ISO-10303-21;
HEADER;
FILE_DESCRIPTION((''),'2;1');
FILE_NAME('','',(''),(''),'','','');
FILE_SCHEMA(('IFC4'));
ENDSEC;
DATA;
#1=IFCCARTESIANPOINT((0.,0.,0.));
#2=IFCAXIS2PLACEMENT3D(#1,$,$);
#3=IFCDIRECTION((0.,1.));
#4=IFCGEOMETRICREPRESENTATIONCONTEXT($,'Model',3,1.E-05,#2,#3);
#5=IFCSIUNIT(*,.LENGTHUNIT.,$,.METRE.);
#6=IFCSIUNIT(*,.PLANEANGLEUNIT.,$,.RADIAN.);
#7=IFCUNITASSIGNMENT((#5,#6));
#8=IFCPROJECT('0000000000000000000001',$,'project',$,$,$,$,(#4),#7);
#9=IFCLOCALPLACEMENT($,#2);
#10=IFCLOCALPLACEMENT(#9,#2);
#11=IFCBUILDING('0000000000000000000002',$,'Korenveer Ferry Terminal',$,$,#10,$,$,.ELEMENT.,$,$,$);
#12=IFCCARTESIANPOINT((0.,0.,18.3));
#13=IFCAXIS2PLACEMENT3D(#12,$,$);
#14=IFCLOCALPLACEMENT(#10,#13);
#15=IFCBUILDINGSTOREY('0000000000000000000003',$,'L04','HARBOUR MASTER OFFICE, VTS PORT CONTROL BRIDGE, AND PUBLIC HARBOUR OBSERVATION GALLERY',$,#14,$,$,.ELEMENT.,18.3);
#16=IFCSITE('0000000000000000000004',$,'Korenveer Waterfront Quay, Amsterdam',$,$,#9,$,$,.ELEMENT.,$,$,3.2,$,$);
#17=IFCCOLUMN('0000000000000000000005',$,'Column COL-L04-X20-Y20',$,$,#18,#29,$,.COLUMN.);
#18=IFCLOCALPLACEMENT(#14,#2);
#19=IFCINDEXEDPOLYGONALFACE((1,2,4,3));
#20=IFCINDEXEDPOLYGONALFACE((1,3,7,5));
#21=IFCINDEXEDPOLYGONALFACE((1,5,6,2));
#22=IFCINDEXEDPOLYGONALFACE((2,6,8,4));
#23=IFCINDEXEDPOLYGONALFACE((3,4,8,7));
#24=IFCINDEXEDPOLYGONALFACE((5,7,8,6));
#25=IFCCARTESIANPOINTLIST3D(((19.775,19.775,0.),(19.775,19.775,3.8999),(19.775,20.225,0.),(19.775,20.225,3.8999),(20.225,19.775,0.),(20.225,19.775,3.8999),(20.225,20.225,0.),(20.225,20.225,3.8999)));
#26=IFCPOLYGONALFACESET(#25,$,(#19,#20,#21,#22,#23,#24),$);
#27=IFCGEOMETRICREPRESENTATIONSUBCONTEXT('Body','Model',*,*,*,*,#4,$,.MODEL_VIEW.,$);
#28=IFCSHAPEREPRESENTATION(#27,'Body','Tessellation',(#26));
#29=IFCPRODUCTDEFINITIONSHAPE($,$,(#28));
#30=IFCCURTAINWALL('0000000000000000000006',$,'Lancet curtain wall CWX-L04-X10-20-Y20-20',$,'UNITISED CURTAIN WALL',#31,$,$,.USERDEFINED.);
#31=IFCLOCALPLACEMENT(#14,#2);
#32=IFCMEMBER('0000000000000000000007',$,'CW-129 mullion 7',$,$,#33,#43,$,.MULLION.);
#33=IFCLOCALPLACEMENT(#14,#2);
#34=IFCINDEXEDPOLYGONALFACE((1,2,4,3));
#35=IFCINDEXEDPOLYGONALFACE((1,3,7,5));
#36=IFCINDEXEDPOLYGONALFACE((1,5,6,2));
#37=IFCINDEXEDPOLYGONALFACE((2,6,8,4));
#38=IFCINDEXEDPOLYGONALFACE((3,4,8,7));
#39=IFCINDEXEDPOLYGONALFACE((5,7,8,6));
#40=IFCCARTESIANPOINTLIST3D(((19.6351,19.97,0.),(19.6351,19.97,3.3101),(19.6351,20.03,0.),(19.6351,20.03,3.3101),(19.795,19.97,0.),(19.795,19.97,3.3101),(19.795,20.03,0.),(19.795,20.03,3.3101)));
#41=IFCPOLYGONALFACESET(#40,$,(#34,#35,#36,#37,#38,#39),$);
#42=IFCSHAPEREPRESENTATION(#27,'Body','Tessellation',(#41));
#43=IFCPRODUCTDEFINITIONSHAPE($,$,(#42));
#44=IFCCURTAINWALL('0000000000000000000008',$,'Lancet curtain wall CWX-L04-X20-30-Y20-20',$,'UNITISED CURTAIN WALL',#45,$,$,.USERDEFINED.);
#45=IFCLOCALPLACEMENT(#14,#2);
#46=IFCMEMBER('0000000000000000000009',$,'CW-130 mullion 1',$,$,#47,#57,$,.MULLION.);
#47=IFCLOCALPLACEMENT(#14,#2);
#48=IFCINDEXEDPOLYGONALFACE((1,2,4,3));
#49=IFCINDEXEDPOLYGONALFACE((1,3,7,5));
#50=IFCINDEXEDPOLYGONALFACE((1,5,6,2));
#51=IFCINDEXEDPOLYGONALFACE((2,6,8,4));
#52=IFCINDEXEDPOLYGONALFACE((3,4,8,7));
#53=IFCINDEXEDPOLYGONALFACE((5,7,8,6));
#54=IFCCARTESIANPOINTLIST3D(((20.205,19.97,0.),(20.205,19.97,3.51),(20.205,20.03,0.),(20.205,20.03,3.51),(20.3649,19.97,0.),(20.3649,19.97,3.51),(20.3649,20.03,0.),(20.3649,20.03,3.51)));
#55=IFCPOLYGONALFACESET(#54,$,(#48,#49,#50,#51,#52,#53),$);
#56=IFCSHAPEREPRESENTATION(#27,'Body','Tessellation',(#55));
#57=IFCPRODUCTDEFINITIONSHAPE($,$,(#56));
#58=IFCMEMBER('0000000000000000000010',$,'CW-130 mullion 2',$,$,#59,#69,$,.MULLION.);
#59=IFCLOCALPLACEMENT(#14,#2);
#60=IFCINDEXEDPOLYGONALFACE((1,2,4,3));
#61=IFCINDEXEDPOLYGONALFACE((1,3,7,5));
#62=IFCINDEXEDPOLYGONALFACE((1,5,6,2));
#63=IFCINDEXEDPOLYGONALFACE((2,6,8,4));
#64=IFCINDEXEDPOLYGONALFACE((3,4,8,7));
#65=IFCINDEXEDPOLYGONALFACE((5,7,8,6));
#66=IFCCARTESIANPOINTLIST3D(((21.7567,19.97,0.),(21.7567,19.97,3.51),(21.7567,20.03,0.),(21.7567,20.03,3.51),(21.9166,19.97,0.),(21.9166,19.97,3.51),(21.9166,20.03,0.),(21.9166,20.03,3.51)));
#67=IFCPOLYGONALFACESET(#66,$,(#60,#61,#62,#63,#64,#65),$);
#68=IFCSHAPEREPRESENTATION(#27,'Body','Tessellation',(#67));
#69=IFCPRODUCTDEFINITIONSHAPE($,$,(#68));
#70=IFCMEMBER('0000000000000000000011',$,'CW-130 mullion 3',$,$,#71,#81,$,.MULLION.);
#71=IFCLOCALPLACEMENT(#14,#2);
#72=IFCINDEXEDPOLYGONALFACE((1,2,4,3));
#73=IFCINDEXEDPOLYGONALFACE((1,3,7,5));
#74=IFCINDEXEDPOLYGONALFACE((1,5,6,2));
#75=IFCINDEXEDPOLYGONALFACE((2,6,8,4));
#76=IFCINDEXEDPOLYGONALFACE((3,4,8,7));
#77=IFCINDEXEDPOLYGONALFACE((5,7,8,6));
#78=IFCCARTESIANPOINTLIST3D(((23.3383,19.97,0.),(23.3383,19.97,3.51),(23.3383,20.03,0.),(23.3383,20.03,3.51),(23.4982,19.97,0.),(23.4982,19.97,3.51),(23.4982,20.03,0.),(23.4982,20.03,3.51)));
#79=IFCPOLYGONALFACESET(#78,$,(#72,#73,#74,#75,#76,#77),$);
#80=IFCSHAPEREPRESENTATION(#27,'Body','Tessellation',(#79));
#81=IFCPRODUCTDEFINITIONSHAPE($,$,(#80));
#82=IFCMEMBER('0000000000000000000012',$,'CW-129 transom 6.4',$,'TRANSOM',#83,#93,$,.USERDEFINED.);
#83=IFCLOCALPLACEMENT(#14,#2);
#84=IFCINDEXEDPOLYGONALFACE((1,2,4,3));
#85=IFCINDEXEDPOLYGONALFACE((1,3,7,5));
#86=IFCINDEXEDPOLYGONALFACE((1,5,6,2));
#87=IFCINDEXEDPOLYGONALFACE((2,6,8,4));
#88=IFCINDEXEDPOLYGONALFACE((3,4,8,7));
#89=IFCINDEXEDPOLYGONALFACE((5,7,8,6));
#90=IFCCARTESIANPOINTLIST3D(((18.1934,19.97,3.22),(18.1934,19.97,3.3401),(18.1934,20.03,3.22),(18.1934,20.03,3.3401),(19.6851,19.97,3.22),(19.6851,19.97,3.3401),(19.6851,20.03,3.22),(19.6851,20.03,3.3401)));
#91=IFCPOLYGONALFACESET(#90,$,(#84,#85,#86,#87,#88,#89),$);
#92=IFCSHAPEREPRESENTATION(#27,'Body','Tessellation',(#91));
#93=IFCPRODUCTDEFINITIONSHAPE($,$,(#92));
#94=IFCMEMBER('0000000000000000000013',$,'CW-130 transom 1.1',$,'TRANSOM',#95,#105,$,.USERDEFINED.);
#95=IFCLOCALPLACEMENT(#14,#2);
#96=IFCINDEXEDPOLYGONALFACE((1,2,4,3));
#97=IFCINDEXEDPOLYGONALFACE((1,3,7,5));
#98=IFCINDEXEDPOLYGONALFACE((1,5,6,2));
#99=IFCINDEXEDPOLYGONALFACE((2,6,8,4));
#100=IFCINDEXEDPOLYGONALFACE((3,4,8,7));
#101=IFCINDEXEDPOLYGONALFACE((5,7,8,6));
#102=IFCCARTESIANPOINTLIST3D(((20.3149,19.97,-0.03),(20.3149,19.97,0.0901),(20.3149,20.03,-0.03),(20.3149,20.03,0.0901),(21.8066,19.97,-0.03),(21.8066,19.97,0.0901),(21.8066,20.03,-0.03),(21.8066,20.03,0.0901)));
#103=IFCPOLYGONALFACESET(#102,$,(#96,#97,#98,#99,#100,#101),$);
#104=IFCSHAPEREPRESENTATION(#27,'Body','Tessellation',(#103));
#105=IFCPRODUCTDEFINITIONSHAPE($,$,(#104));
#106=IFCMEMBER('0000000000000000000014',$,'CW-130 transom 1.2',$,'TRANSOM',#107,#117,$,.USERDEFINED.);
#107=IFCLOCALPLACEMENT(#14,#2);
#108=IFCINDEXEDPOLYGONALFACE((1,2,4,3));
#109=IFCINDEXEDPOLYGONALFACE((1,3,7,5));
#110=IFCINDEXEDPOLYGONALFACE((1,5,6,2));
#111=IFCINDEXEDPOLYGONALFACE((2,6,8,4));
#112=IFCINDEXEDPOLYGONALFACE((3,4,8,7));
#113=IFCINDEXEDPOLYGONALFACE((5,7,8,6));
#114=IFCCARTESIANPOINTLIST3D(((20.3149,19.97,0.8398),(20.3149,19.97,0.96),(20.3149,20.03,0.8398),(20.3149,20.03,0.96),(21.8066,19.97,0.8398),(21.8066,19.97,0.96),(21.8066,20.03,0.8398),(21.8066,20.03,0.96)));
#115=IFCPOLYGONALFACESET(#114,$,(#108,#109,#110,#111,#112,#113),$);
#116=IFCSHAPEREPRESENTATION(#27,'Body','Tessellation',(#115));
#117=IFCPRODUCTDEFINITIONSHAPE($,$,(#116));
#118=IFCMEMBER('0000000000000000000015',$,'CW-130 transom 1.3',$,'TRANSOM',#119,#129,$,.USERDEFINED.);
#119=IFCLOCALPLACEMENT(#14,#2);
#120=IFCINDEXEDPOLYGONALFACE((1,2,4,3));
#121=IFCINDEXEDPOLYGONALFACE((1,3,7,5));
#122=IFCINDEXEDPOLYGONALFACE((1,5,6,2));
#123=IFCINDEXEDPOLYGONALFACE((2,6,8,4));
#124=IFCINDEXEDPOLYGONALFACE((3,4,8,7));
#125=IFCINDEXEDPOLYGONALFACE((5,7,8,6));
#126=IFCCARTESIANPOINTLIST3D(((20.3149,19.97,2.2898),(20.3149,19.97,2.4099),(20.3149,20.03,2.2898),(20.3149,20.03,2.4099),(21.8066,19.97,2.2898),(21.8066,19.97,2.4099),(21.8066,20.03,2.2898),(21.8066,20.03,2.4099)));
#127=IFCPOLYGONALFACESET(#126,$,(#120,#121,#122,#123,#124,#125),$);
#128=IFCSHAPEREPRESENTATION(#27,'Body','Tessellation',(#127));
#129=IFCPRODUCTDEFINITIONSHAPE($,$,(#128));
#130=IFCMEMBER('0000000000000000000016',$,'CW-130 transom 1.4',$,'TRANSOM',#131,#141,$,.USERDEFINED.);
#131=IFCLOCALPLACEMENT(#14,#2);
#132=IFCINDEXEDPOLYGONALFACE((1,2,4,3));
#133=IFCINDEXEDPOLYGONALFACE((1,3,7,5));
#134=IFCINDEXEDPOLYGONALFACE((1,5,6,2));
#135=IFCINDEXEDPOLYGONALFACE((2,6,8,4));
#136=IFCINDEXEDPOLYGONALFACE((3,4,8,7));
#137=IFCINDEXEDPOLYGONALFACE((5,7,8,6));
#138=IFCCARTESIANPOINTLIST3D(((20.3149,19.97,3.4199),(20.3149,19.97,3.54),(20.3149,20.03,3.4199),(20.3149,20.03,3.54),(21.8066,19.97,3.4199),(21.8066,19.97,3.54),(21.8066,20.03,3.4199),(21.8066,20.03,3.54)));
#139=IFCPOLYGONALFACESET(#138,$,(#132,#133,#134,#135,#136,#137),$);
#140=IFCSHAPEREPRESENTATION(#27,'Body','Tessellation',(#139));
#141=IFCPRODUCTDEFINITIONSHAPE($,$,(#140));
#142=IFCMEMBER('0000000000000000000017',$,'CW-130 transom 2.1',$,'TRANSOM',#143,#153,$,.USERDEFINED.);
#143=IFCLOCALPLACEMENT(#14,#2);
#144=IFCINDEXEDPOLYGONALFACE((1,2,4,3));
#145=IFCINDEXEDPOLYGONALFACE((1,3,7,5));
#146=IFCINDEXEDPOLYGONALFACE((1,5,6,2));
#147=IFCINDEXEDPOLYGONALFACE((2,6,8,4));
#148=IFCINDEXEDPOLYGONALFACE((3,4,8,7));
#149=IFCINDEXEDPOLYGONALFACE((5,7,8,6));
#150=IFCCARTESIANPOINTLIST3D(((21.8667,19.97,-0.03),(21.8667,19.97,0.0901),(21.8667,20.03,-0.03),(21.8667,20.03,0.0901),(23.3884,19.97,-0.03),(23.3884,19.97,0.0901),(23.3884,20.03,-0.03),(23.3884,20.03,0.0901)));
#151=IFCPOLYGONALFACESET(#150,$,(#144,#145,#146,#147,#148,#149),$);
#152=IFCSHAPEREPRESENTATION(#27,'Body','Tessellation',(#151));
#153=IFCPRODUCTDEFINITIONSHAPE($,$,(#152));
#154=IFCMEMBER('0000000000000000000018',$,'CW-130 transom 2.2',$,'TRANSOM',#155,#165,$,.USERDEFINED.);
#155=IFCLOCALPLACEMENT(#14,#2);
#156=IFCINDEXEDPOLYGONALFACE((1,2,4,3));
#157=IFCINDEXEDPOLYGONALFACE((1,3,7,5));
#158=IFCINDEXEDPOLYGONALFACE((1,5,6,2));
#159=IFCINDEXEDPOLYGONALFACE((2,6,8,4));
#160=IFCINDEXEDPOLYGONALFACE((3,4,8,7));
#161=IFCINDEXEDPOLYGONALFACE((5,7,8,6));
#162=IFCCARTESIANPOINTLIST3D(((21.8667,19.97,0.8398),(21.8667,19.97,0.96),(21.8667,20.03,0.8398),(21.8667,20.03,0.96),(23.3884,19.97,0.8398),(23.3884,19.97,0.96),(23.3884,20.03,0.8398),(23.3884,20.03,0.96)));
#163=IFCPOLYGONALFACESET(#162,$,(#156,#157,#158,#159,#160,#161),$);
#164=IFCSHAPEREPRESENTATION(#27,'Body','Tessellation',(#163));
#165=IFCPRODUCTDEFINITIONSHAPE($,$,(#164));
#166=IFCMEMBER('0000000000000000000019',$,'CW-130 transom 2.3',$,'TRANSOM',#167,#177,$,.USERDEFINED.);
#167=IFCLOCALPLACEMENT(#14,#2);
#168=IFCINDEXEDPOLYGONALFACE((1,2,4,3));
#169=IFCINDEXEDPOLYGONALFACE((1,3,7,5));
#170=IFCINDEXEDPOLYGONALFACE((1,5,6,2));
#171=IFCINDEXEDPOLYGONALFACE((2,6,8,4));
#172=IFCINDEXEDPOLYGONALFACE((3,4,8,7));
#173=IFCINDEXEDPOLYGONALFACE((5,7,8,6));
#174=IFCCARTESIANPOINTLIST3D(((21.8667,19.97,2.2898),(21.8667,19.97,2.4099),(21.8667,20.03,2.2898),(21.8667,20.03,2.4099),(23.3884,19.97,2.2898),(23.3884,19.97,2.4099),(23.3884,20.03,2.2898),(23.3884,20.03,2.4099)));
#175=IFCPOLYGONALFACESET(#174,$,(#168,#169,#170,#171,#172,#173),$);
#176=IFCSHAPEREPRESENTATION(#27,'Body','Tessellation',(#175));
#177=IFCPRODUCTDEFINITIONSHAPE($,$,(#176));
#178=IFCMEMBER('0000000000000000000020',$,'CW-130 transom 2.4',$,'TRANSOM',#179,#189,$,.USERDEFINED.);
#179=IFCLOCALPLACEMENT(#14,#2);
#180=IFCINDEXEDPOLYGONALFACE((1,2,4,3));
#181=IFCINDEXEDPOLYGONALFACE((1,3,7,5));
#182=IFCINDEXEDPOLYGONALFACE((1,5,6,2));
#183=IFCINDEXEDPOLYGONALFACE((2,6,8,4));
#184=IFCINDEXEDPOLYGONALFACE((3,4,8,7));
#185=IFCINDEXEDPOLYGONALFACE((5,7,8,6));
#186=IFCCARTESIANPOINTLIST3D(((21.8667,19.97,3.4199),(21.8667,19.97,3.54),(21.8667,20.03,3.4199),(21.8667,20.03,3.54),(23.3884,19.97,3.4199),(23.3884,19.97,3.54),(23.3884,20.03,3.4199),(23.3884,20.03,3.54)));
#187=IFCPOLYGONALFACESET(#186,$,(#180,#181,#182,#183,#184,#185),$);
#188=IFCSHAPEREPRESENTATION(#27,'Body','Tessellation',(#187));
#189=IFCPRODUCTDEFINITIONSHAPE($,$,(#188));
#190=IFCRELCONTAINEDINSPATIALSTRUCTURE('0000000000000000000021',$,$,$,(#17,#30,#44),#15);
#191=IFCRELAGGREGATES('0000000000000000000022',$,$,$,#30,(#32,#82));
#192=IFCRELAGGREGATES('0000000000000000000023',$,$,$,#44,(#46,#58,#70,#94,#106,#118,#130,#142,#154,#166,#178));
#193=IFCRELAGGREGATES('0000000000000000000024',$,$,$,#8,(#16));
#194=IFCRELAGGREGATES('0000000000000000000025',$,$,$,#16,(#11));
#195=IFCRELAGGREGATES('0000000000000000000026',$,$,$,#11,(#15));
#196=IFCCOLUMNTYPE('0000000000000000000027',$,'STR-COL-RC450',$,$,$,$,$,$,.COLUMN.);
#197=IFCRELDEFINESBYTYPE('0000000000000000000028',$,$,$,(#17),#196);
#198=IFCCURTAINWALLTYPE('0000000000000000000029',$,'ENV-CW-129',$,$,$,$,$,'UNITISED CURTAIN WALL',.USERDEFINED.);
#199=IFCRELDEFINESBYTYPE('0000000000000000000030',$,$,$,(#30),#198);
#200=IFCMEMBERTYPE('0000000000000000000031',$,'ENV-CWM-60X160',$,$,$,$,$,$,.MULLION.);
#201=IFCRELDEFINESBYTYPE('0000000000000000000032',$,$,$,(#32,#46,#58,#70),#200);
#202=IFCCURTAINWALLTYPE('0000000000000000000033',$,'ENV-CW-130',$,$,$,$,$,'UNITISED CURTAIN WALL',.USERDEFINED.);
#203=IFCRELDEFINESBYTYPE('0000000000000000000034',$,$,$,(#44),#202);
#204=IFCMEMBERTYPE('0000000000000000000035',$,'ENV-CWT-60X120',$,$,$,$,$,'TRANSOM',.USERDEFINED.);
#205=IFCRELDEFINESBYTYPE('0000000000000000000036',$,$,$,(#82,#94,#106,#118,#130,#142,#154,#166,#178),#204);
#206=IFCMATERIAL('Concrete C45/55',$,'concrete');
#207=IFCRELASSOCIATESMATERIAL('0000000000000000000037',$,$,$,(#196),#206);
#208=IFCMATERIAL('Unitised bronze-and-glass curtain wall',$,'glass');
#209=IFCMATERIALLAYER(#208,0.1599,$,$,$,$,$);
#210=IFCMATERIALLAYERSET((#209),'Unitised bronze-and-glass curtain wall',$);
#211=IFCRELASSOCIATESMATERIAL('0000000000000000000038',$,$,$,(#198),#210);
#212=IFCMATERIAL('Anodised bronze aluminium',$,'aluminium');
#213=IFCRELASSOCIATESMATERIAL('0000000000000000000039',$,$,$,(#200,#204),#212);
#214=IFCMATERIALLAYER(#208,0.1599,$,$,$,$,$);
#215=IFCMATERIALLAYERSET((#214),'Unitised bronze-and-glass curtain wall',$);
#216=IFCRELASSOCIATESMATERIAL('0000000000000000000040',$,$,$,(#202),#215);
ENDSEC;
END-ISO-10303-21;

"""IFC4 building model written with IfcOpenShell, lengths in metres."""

from ifc_helpers import new_model, si_unit, direction, frame, origin, origin_2d, place, context, subcontext, project, spatial, rectangle, extrude, material, layer, layer_set, material_profile, profile_set, type_object, element, aggregate, save


model = new_model("IFC4")

# Units and contexts
model_context = context("Model", 3, precision=1e-05, world=origin(), true_north=direction((0.0, 1.0)))
body_context = subcontext(model_context, "Body", "Model", "MODEL_VIEW")
ifc_project = project(units=[si_unit("LENGTHUNIT", "METRE"), si_unit("PLANEANGLEUNIT", "RADIAN")], contexts=[model_context])

# Site, building, storey
site_placement = place(None, origin())
site = spatial("IfcSite", under=ifc_project, at=site_placement, Name="Korenveer Waterfront Quay, Amsterdam", CompositionType="ELEMENT", RefElevation=3.2)
building_placement = place(site_placement, origin())
building = spatial("IfcBuilding", under=site, at=building_placement, Name="Korenveer Ferry Terminal", CompositionType="ELEMENT")
storey_placement = place(building_placement, frame((0.0, 0.0, 18.3)))
storey = spatial("IfcBuildingStorey", under=building, at=storey_placement, Name="L04", Description="HARBOUR MASTER OFFICE, VTS PORT CONTROL BRIDGE, AND PUBLIC HARBOUR OBSERVATION GALLERY", CompositionType="ELEMENT", Elevation=18.3)

# Column
ifc_material_1 = material(Name="Concrete C45/55", Category="concrete")
ifc_material_profile_1 = material_profile(ifc_material_1, rectangle(XDim=0.45, YDim=0.45, at=origin_2d()), Name="RC 450x450")
ifc_profile_set_1 = profile_set([ifc_material_profile_1], Name="Concrete C45/55")
column_type = type_object("IfcColumnType", Name="STR-COL-RC450", PredefinedType="COLUMN", material=ifc_profile_set_1)
column_placement = place(storey_placement, frame((20.0, 20.0, 0.0), z_axis=(0.0, 0.0, 1.0), x_axis=(1.0, 0.0, 0.0)))
element("IfcColumn", 1, at=column_placement, inside=storey, type_object=column_type, Name="Column COL-L04-X20-Y20", PredefinedType="COLUMN", context=body_context, shape_type="SweptSolid", body=[
    extrude(rectangle(XDim=0.45, YDim=0.45, at=origin_2d()), origin(), (0.0, 0.0, 1.0), 3.8999),
])

# Curtain wall, member
ifc_material_2 = material(Name="Unitised bronze-and-glass curtain wall", Category="glass")
ifc_layer_1 = layer(ifc_material_2, 0.1599)
ifc_layer_set_1 = layer_set([ifc_layer_1], Name="Unitised bronze-and-glass curtain wall")
curtain_wall_type_1 = type_object("IfcCurtainWallType", Name="ENV-CW-129", ElementType="UNITISED CURTAIN WALL", PredefinedType="USERDEFINED", material=ifc_layer_set_1)
curtain_wall_1_placement = place(storey_placement, frame((10.2549, 20.0, 0.0)))
curtain_wall_1 = element("IfcCurtainWall", 2, at=curtain_wall_1_placement, inside=storey, type_object=curtain_wall_type_1, Name="Lancet curtain wall CWX-L04-X10-20-Y20-20", ObjectType="UNITISED CURTAIN WALL", PredefinedType="USERDEFINED")
ifc_material_3 = material(Name="Anodised bronze aluminium", Category="aluminium")
ifc_material_profile_2 = material_profile(ifc_material_3, rectangle(XDim=0.0601, YDim=0.1599, at=origin_2d()), Name="ALU 60x160")
ifc_profile_set_2 = profile_set([ifc_material_profile_2], Name="Anodised bronze aluminium")
member_type_1 = type_object("IfcMemberType", Name="ENV-CWM-60X160", PredefinedType="MULLION", material=ifc_profile_set_2)
member_1_placement = place(storey_placement, frame((19.7151, 20.0, 0.0), z_axis=(0.0, 0.0, 1.0), x_axis=(0.0, 1.0, 0.0)))
member_1 = element("IfcMember", 3, at=member_1_placement, type_object=member_type_1, Name="CW-129 mullion 7", PredefinedType="MULLION", context=body_context, shape_type="SweptSolid", body=[
    extrude(rectangle(XDim=0.0601, YDim=0.1599, at=origin_2d()), origin(), (0.0, 0.0, 1.0), 3.3101),
])

# Curtain wall, members
ifc_layer_2 = layer(ifc_material_2, 0.1599)
ifc_layer_set_2 = layer_set([ifc_layer_2], Name="Unitised bronze-and-glass curtain wall")
curtain_wall_type_2 = type_object("IfcCurtainWallType", Name="ENV-CW-130", ElementType="UNITISED CURTAIN WALL", PredefinedType="USERDEFINED", material=ifc_layer_set_2)
curtain_wall_2_placement = place(storey_placement, frame((20.2549, 20.0, 0.0)))
curtain_wall_2 = element("IfcCurtainWall", 4, at=curtain_wall_2_placement, inside=storey, type_object=curtain_wall_type_2, Name="Lancet curtain wall CWX-L04-X20-30-Y20-20", ObjectType="UNITISED CURTAIN WALL", PredefinedType="USERDEFINED")
member_2_placement = place(storey_placement, frame((20.2849, 20.0, 0.0), z_axis=(0.0, 0.0, 1.0), x_axis=(0.0, 1.0, 0.0)))
member_2 = element("IfcMember", 5, at=member_2_placement, type_object=member_type_1, Name="CW-130 mullion 1", PredefinedType="MULLION", context=body_context, shape_type="SweptSolid", body=[
    extrude(rectangle(XDim=0.0601, YDim=0.1599, at=origin_2d()), origin(), (0.0, 0.0, 1.0), 3.51),
])
member_3_placement = place(storey_placement, frame((21.8367, 20.0, 0.0), z_axis=(0.0, 0.0, 1.0), x_axis=(0.0, 1.0, 0.0)))
member_3 = element("IfcMember", 6, at=member_3_placement, type_object=member_type_1, Name="CW-130 mullion 2", PredefinedType="MULLION", context=body_context, shape_type="SweptSolid", body=[
    extrude(rectangle(XDim=0.0601, YDim=0.1599, at=origin_2d()), origin(), (0.0, 0.0, 1.0), 3.51),
])
member_4_placement = place(storey_placement, frame((23.4182, 20.0, 0.0), z_axis=(0.0, 0.0, 1.0), x_axis=(0.0, 1.0, 0.0)))
member_4 = element("IfcMember", 7, at=member_4_placement, type_object=member_type_1, Name="CW-130 mullion 3", PredefinedType="MULLION", context=body_context, shape_type="SweptSolid", body=[
    extrude(rectangle(XDim=0.0601, YDim=0.1599, at=origin_2d()), origin(), (0.0, 0.0, 1.0), 3.51),
])

# Members
ifc_material_profile_3 = material_profile(ifc_material_3, rectangle(XDim=0.0601, YDim=0.1201, at=origin_2d()), Name="ALU 60x120")
ifc_profile_set_3 = profile_set([ifc_material_profile_3], Name="Anodised bronze aluminium")
member_type_2 = type_object("IfcMemberType", Name="ENV-CWT-60X120", ElementType="TRANSOM", PredefinedType="USERDEFINED", material=ifc_profile_set_3)
member_5_placement = place(storey_placement, frame((18.1934, 20.0, 3.28), z_axis=(1.0, 0.0, 0.0), x_axis=(0.0, 1.0, 0.0)))
member_5 = element("IfcMember", 8, at=member_5_placement, type_object=member_type_2, Name="CW-129 transom 6.4", ObjectType="TRANSOM", PredefinedType="USERDEFINED", context=body_context, shape_type="SweptSolid", body=[
    extrude(rectangle(XDim=0.0601, YDim=0.1201, at=origin_2d()), origin(), (0.0, 0.0, 1.0), 1.4917),
])
member_6_placement = place(storey_placement, frame((20.3149, 20.0, 0.03), z_axis=(1.0, 0.0, 0.0), x_axis=(0.0, 1.0, 0.0)))
member_6 = element("IfcMember", 9, at=member_6_placement, type_object=member_type_2, Name="CW-130 transom 1.1", ObjectType="TRANSOM", PredefinedType="USERDEFINED", context=body_context, shape_type="SweptSolid", body=[
    extrude(rectangle(XDim=0.0601, YDim=0.1201, at=origin_2d()), origin(), (0.0, 0.0, 1.0), 1.4917),
])
member_7_placement = place(storey_placement, frame((20.3149, 20.0, 0.8999), z_axis=(1.0, 0.0, 0.0), x_axis=(0.0, 1.0, 0.0)))
member_7 = element("IfcMember", 10, at=member_7_placement, type_object=member_type_2, Name="CW-130 transom 1.2", ObjectType="TRANSOM", PredefinedType="USERDEFINED", context=body_context, shape_type="SweptSolid", body=[
    extrude(rectangle(XDim=0.0601, YDim=0.1201, at=origin_2d()), origin(), (0.0, 0.0, 1.0), 1.4917),
])
member_8_placement = place(storey_placement, frame((20.3149, 20.0, 2.3499), z_axis=(1.0, 0.0, 0.0), x_axis=(0.0, 1.0, 0.0)))
member_8 = element("IfcMember", 11, at=member_8_placement, type_object=member_type_2, Name="CW-130 transom 1.3", ObjectType="TRANSOM", PredefinedType="USERDEFINED", context=body_context, shape_type="SweptSolid", body=[
    extrude(rectangle(XDim=0.0601, YDim=0.1201, at=origin_2d()), origin(), (0.0, 0.0, 1.0), 1.4917),
])
member_9_placement = place(storey_placement, frame((20.3149, 20.0, 3.48), z_axis=(1.0, 0.0, 0.0), x_axis=(0.0, 1.0, 0.0)))
member_9 = element("IfcMember", 12, at=member_9_placement, type_object=member_type_2, Name="CW-130 transom 1.4", ObjectType="TRANSOM", PredefinedType="USERDEFINED", context=body_context, shape_type="SweptSolid", body=[
    extrude(rectangle(XDim=0.0601, YDim=0.1201, at=origin_2d()), origin(), (0.0, 0.0, 1.0), 1.4917),
])
member_10_placement = place(storey_placement, frame((21.8667, 20.0, 0.03), z_axis=(1.0, 0.0, 0.0), x_axis=(0.0, 1.0, 0.0)))
member_10 = element("IfcMember", 13, at=member_10_placement, type_object=member_type_2, Name="CW-130 transom 2.1", ObjectType="TRANSOM", PredefinedType="USERDEFINED", context=body_context, shape_type="SweptSolid", body=[
    extrude(rectangle(XDim=0.0601, YDim=0.1201, at=origin_2d()), origin(), (0.0, 0.0, 1.0), 1.5217),
])
member_11_placement = place(storey_placement, frame((21.8667, 20.0, 0.8999), z_axis=(1.0, 0.0, 0.0), x_axis=(0.0, 1.0, 0.0)))
member_11 = element("IfcMember", 14, at=member_11_placement, type_object=member_type_2, Name="CW-130 transom 2.2", ObjectType="TRANSOM", PredefinedType="USERDEFINED", context=body_context, shape_type="SweptSolid", body=[
    extrude(rectangle(XDim=0.0601, YDim=0.1201, at=origin_2d()), origin(), (0.0, 0.0, 1.0), 1.5217),
])
member_12_placement = place(storey_placement, frame((21.8667, 20.0, 2.3499), z_axis=(1.0, 0.0, 0.0), x_axis=(0.0, 1.0, 0.0)))
member_12 = element("IfcMember", 15, at=member_12_placement, type_object=member_type_2, Name="CW-130 transom 2.3", ObjectType="TRANSOM", PredefinedType="USERDEFINED", context=body_context, shape_type="SweptSolid", body=[
    extrude(rectangle(XDim=0.0601, YDim=0.1201, at=origin_2d()), origin(), (0.0, 0.0, 1.0), 1.5217),
])
member_13_placement = place(storey_placement, frame((21.8667, 20.0, 3.48), z_axis=(1.0, 0.0, 0.0), x_axis=(0.0, 1.0, 0.0)))
member_13 = element("IfcMember", 16, at=member_13_placement, type_object=member_type_2, Name="CW-130 transom 2.4", ObjectType="TRANSOM", PredefinedType="USERDEFINED", context=body_context, shape_type="SweptSolid", body=[
    extrude(rectangle(XDim=0.0601, YDim=0.1201, at=origin_2d()), origin(), (0.0, 0.0, 1.0), 1.5217),
])

aggregate(curtain_wall_1, [member_1, member_5])
aggregate(curtain_wall_2, [member_2, member_3, member_4, member_6, member_7, member_8, member_9, member_10, member_11, member_12, member_13])

save(model, "model.ifc")
